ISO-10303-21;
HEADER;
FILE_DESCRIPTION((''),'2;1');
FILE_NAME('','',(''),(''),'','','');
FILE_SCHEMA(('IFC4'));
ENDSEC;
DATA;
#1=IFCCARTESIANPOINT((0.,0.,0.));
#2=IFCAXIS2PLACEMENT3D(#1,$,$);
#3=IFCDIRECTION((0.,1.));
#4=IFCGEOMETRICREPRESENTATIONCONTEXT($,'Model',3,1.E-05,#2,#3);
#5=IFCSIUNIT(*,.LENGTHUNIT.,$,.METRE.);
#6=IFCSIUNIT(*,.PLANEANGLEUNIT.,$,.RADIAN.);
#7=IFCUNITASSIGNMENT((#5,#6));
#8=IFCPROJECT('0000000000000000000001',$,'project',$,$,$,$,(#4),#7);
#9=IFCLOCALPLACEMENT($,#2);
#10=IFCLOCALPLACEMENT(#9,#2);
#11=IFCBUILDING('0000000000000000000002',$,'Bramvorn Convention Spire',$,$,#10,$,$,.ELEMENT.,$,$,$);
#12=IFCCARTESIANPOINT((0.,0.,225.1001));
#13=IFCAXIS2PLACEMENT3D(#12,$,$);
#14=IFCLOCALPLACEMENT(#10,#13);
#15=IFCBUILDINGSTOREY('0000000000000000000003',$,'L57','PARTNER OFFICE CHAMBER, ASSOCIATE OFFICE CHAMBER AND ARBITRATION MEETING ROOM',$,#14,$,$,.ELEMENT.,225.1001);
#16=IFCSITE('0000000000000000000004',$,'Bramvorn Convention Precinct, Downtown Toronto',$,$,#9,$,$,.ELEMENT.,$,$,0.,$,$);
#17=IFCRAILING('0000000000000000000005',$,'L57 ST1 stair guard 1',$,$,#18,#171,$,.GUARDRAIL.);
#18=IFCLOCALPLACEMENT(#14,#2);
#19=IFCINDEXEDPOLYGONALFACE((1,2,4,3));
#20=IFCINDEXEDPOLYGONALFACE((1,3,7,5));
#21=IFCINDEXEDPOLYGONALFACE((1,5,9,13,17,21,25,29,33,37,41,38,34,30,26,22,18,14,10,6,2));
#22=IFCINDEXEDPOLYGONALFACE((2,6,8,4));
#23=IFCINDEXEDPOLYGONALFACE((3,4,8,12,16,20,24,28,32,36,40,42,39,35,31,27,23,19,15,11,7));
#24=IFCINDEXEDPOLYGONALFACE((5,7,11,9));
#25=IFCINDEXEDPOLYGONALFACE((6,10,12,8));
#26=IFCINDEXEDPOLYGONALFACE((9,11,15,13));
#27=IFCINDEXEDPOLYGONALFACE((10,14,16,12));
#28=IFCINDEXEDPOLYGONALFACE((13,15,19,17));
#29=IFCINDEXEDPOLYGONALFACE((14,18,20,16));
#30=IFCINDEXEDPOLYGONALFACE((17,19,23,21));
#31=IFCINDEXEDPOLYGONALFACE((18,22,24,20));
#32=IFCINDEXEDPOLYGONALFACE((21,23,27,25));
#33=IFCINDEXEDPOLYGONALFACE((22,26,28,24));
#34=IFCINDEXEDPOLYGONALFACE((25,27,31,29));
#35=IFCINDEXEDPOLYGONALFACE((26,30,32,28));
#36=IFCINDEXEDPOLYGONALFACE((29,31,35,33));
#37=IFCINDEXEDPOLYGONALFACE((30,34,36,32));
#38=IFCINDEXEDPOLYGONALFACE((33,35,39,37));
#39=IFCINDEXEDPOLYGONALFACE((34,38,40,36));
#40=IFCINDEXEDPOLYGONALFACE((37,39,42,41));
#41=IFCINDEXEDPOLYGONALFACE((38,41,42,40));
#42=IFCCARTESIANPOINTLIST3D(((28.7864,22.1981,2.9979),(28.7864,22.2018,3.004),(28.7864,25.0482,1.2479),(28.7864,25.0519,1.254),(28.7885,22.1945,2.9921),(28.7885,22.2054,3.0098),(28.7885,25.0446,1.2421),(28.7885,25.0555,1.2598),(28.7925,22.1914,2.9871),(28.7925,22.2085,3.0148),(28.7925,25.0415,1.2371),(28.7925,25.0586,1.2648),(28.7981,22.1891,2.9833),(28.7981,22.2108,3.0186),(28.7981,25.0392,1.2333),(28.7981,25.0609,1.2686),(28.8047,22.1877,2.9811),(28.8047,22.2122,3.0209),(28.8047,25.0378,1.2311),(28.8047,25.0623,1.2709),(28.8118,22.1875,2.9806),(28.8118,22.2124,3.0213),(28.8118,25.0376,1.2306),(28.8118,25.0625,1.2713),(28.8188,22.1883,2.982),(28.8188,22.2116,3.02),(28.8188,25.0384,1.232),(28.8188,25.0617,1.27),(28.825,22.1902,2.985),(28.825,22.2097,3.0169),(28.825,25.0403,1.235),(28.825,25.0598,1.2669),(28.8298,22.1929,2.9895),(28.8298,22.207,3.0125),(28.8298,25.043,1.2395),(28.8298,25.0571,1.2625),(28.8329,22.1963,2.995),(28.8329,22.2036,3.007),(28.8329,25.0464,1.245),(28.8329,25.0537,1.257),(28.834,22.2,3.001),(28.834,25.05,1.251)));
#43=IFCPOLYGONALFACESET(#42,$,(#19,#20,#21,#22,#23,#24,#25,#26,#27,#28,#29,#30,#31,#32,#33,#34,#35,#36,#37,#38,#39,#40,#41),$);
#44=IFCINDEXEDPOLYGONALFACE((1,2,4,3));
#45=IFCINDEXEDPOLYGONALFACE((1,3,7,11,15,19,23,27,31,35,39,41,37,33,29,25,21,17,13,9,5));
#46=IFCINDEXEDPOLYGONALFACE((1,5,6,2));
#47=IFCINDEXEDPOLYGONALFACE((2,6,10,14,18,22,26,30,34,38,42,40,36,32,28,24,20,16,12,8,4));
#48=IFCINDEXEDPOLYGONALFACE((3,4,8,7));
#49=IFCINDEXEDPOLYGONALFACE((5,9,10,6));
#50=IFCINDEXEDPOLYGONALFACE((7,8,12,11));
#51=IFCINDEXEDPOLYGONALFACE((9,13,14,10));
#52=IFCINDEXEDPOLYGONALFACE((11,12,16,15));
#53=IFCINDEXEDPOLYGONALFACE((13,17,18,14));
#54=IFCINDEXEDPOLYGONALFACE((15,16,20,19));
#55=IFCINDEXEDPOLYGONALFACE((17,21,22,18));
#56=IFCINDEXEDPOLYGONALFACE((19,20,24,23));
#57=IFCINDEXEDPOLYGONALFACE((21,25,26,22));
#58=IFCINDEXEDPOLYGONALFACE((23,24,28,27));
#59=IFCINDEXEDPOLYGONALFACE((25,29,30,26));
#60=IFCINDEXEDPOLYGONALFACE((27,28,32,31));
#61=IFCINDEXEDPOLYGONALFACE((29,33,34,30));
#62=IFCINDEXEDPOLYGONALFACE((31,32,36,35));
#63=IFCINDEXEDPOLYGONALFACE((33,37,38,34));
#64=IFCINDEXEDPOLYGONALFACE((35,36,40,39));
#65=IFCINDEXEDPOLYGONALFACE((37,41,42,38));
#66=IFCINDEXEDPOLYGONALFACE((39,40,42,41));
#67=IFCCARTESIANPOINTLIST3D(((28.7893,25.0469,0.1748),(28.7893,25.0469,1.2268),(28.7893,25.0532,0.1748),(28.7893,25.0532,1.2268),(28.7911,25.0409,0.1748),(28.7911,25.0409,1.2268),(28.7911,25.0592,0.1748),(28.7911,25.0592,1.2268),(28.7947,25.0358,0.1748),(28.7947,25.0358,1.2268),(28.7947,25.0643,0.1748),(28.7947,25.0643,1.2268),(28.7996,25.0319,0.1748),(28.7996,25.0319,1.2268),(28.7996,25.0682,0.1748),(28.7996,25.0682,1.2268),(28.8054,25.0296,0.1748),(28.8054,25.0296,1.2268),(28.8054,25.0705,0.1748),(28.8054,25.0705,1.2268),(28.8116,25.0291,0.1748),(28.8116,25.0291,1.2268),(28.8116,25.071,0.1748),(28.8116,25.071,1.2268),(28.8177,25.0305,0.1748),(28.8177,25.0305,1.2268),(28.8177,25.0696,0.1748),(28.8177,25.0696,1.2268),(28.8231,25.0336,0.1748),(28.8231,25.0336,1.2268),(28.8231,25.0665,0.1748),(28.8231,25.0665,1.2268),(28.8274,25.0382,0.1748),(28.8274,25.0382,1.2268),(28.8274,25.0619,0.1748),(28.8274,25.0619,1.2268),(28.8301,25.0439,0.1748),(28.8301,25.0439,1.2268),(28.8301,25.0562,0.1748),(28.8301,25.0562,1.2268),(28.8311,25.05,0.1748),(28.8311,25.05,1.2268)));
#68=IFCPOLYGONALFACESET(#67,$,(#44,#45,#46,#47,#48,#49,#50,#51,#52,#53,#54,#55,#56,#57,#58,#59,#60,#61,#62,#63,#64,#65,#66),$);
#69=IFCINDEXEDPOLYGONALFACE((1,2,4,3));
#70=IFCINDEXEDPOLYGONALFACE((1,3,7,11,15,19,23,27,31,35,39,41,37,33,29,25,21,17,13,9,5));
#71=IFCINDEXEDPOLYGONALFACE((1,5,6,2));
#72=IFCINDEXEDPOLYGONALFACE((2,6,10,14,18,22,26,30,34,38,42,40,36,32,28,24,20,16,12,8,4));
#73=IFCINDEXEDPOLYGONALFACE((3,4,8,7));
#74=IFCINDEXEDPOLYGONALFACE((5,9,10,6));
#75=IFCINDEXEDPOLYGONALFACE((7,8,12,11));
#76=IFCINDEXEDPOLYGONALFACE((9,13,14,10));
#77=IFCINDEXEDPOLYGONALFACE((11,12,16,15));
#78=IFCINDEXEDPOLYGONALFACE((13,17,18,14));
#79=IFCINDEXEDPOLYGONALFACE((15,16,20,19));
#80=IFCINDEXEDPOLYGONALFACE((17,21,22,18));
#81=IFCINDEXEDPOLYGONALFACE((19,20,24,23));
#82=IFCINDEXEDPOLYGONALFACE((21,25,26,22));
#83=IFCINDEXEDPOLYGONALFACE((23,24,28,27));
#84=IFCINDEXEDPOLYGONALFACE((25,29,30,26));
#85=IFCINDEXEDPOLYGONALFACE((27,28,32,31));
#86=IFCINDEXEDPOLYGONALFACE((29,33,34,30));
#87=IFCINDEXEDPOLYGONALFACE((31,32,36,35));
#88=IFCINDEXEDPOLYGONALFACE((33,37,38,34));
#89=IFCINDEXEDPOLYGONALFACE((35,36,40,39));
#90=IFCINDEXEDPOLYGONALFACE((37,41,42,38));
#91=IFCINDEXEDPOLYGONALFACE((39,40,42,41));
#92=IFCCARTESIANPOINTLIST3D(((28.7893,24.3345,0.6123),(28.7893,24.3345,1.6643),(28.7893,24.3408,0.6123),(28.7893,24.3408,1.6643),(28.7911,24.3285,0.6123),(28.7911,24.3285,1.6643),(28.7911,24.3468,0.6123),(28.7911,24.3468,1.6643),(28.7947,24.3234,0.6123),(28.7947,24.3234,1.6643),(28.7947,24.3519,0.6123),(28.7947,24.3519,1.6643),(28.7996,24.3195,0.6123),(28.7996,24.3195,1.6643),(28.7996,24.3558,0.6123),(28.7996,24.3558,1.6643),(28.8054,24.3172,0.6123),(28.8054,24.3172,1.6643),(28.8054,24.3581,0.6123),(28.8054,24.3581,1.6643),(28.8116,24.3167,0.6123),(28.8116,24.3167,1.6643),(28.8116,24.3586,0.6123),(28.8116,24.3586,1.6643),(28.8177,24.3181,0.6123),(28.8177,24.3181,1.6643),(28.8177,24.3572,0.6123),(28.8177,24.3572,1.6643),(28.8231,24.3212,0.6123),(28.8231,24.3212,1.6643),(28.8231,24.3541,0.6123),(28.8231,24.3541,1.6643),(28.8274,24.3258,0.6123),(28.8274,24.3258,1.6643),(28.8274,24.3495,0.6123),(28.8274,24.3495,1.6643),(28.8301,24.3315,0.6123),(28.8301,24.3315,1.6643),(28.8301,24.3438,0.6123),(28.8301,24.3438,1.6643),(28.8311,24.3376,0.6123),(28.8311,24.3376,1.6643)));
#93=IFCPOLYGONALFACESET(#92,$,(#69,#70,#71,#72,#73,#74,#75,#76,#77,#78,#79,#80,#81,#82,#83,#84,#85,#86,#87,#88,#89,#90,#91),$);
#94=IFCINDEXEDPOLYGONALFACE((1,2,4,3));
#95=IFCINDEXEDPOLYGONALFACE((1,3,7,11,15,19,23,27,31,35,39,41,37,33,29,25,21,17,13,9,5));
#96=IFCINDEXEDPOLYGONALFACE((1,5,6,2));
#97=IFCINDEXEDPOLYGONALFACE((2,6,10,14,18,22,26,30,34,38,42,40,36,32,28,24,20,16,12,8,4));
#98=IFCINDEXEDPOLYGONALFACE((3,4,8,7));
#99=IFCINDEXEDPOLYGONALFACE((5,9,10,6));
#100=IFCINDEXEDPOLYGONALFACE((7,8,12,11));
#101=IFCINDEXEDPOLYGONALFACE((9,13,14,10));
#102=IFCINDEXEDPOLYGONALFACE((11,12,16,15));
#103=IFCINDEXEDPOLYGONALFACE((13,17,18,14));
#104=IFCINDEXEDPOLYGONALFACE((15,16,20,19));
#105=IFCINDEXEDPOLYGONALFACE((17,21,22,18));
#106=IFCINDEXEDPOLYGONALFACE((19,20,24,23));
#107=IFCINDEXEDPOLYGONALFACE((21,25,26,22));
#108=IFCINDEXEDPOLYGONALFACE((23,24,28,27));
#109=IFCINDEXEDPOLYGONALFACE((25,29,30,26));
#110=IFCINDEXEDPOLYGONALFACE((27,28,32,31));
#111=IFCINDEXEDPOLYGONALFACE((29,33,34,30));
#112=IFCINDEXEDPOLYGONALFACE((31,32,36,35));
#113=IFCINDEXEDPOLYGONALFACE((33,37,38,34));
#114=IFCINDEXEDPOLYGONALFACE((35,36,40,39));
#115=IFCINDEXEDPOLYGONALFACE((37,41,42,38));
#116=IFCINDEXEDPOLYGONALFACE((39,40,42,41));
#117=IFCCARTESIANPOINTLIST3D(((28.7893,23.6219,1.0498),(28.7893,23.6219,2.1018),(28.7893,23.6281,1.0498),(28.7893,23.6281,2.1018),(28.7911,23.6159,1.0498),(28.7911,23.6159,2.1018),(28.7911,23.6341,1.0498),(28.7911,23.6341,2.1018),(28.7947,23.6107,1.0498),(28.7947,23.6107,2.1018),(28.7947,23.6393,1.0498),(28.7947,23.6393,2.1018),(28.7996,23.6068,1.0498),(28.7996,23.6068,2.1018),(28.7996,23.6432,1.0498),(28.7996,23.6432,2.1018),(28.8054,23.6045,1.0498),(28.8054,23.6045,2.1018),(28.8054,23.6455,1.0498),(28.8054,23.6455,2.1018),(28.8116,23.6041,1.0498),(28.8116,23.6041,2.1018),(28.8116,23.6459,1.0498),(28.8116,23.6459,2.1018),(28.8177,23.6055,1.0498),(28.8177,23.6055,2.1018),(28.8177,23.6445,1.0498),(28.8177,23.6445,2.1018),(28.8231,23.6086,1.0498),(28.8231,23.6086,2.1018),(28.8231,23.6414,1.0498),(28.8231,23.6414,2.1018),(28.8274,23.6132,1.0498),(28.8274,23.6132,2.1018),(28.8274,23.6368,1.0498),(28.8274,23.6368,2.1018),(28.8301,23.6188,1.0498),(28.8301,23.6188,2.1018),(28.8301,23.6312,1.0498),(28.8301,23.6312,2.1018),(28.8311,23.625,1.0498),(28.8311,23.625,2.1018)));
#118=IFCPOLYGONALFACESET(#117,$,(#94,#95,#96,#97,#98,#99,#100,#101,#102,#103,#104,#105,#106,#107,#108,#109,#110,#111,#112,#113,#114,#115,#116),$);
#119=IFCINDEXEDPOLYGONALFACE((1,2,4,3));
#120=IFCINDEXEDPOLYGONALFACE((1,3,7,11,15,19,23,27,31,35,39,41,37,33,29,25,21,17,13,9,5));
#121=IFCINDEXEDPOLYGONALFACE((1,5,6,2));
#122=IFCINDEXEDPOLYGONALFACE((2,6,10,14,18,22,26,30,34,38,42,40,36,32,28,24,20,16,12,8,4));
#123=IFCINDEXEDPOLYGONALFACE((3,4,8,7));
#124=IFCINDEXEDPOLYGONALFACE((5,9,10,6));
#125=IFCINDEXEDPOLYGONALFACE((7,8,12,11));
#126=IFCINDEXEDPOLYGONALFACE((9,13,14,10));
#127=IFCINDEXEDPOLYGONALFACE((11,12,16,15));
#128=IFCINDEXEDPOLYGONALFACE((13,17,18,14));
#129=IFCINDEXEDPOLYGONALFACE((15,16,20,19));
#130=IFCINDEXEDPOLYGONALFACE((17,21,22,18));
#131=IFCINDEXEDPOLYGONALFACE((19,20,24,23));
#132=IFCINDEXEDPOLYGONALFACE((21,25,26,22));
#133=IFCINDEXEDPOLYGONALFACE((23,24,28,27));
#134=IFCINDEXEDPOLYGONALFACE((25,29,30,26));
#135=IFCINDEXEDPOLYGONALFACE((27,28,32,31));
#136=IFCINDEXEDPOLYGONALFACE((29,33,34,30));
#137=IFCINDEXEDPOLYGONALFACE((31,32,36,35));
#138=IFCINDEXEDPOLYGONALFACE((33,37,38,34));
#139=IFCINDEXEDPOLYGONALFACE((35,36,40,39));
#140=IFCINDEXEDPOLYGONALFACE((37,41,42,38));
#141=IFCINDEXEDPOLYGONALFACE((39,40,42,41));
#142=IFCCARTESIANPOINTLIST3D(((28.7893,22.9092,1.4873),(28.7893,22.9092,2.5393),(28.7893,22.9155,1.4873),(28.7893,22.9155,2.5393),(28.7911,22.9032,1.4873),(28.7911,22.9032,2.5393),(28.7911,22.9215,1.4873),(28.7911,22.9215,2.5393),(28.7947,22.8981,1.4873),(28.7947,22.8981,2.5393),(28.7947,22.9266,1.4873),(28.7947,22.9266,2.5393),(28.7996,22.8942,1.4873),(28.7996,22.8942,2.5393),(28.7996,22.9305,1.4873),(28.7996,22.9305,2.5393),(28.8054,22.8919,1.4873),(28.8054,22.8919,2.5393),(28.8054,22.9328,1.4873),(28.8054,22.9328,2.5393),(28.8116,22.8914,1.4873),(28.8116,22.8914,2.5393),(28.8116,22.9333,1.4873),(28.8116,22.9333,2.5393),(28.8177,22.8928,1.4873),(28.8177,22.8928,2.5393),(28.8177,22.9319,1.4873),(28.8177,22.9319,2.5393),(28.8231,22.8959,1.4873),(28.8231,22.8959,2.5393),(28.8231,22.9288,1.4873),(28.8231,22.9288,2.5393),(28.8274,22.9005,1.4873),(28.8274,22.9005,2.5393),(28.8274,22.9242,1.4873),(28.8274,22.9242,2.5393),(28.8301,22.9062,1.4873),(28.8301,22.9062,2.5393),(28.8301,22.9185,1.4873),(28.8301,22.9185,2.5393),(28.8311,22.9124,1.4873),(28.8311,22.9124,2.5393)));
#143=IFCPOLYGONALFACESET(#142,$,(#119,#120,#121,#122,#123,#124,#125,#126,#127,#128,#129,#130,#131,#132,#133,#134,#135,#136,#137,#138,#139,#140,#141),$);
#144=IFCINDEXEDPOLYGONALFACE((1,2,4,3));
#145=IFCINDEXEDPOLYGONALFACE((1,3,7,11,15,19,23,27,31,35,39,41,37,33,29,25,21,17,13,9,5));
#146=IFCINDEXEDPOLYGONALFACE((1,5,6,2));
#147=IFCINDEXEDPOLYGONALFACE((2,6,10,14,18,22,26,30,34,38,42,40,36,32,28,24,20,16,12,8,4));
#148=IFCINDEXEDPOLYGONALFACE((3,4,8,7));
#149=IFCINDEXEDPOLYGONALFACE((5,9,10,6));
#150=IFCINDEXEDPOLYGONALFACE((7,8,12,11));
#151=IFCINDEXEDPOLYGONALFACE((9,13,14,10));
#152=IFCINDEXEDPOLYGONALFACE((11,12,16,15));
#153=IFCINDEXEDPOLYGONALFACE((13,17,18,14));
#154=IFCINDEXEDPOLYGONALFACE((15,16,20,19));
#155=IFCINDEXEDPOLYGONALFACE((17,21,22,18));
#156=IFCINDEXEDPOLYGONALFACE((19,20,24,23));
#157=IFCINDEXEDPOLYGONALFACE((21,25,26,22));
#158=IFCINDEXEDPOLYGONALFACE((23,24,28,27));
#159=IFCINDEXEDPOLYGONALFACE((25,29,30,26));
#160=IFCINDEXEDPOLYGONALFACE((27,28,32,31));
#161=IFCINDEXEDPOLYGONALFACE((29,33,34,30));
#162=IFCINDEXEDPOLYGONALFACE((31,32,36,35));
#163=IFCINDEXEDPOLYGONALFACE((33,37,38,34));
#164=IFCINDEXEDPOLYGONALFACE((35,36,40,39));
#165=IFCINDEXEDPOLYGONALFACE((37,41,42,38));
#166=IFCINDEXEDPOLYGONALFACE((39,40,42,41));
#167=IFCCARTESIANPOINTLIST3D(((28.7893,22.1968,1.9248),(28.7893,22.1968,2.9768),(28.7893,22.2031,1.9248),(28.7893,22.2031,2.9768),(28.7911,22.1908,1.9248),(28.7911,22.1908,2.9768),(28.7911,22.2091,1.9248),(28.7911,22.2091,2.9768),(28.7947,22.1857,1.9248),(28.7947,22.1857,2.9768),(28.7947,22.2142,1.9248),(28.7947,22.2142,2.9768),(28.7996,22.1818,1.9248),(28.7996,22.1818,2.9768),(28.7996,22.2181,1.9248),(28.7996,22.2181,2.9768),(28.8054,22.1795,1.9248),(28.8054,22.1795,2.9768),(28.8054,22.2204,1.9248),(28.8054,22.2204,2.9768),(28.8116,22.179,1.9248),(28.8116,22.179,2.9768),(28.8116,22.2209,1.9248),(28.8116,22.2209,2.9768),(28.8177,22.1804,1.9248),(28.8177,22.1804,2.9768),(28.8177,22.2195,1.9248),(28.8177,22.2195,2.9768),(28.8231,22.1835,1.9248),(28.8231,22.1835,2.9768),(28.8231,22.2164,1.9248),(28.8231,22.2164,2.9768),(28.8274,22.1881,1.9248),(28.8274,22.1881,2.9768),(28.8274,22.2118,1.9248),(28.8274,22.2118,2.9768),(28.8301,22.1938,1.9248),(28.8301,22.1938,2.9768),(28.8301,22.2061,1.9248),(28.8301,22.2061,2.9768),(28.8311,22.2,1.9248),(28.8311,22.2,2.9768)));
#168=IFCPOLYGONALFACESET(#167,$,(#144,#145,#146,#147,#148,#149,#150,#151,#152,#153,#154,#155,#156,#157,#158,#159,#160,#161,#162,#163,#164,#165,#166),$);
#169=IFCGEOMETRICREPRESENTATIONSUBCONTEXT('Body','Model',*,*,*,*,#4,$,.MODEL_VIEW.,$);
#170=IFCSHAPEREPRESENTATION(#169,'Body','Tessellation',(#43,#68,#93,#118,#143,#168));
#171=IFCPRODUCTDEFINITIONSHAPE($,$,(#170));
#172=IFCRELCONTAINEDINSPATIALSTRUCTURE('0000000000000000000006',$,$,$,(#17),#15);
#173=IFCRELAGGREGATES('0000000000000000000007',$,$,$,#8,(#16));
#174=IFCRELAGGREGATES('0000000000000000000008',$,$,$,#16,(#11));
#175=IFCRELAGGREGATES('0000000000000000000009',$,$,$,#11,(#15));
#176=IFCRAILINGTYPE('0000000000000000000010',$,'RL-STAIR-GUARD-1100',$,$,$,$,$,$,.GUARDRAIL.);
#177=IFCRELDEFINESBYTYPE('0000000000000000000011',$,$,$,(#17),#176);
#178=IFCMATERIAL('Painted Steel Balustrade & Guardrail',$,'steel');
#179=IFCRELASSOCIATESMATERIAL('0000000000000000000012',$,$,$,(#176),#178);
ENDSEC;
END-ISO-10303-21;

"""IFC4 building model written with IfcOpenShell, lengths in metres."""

from ifc_helpers import new_model, si_unit, direction, frame, origin, origin_2d, place, context, subcontext, project, spatial, circle, extrude, material, type_object, element, save


model = new_model("IFC4")

# Units and contexts
model_context = context("Model", 3, precision=1e-05, world=origin(), true_north=direction((0.0, 1.0)))
body_context = subcontext(model_context, "Body", "Model", "MODEL_VIEW")
ifc_project = project(units=[si_unit("LENGTHUNIT", "METRE"), si_unit("PLANEANGLEUNIT", "RADIAN")], contexts=[model_context])

# Site, building, storey
site_placement = place(None, origin())
site = spatial("IfcSite", under=ifc_project, at=site_placement, Name="Bramvorn Convention Precinct, Downtown Toronto", CompositionType="ELEMENT", RefElevation=0.0)
building_placement = place(site_placement, origin())
building = spatial("IfcBuilding", under=site, at=building_placement, Name="Bramvorn Convention Spire", CompositionType="ELEMENT")
storey_placement = place(building_placement, frame((0.0, 0.0, 225.1001)))
storey = spatial("IfcBuildingStorey", under=building, at=storey_placement, Name="L57", Description="PARTNER OFFICE CHAMBER, ASSOCIATE OFFICE CHAMBER AND ARBITRATION MEETING ROOM", CompositionType="ELEMENT", Elevation=225.1001)

# Railing
ifc_material_1 = material(Name="Painted Steel Balustrade & Guardrail", Category="steel")
railing_type = type_object("IfcRailingType", Name="RL-STAIR-GUARD-1100", PredefinedType="GUARDRAIL", material=ifc_material_1)
railing_1_placement = place(storey_placement, frame((28.8101, 25.05, 0.1748)))
element("IfcRailing", 1, at=railing_1_placement, inside=storey, type_object=railing_type, Name="L57 ST1 stair guard 1", PredefinedType="GUARDRAIL", context=body_context, shape_type="SweptSolid", body=[
    extrude(circle(Radius=0.0239, at=origin_2d()), frame((0.0, 0.0, 1.0762), z_axis=(0.0, -0.852179, 0.52325), x_axis=(1.0, 0.0, 0.0)), (0.0, 0.0, 1.0), 3.3445),
    extrude(circle(Radius=0.021, at=origin_2d()), origin(), (0.0, 0.0, 1.0), 1.052),
    extrude(circle(Radius=0.021, at=origin_2d()), frame((0.0, -0.7124, 0.4375)), (0.0, 0.0, 1.0), 1.052),
    extrude(circle(Radius=0.021, at=origin_2d()), frame((0.0, -1.425, 0.875)), (0.0, 0.0, 1.0), 1.052),
    extrude(circle(Radius=0.021, at=origin_2d()), frame((0.0, -2.1377, 1.3125)), (0.0, 0.0, 1.0), 1.052),
    extrude(circle(Radius=0.021, at=origin_2d()), frame((0.0, -2.8501, 1.75)), (0.0, 0.0, 1.0), 1.052),
])

save(model, "model.ifc")
